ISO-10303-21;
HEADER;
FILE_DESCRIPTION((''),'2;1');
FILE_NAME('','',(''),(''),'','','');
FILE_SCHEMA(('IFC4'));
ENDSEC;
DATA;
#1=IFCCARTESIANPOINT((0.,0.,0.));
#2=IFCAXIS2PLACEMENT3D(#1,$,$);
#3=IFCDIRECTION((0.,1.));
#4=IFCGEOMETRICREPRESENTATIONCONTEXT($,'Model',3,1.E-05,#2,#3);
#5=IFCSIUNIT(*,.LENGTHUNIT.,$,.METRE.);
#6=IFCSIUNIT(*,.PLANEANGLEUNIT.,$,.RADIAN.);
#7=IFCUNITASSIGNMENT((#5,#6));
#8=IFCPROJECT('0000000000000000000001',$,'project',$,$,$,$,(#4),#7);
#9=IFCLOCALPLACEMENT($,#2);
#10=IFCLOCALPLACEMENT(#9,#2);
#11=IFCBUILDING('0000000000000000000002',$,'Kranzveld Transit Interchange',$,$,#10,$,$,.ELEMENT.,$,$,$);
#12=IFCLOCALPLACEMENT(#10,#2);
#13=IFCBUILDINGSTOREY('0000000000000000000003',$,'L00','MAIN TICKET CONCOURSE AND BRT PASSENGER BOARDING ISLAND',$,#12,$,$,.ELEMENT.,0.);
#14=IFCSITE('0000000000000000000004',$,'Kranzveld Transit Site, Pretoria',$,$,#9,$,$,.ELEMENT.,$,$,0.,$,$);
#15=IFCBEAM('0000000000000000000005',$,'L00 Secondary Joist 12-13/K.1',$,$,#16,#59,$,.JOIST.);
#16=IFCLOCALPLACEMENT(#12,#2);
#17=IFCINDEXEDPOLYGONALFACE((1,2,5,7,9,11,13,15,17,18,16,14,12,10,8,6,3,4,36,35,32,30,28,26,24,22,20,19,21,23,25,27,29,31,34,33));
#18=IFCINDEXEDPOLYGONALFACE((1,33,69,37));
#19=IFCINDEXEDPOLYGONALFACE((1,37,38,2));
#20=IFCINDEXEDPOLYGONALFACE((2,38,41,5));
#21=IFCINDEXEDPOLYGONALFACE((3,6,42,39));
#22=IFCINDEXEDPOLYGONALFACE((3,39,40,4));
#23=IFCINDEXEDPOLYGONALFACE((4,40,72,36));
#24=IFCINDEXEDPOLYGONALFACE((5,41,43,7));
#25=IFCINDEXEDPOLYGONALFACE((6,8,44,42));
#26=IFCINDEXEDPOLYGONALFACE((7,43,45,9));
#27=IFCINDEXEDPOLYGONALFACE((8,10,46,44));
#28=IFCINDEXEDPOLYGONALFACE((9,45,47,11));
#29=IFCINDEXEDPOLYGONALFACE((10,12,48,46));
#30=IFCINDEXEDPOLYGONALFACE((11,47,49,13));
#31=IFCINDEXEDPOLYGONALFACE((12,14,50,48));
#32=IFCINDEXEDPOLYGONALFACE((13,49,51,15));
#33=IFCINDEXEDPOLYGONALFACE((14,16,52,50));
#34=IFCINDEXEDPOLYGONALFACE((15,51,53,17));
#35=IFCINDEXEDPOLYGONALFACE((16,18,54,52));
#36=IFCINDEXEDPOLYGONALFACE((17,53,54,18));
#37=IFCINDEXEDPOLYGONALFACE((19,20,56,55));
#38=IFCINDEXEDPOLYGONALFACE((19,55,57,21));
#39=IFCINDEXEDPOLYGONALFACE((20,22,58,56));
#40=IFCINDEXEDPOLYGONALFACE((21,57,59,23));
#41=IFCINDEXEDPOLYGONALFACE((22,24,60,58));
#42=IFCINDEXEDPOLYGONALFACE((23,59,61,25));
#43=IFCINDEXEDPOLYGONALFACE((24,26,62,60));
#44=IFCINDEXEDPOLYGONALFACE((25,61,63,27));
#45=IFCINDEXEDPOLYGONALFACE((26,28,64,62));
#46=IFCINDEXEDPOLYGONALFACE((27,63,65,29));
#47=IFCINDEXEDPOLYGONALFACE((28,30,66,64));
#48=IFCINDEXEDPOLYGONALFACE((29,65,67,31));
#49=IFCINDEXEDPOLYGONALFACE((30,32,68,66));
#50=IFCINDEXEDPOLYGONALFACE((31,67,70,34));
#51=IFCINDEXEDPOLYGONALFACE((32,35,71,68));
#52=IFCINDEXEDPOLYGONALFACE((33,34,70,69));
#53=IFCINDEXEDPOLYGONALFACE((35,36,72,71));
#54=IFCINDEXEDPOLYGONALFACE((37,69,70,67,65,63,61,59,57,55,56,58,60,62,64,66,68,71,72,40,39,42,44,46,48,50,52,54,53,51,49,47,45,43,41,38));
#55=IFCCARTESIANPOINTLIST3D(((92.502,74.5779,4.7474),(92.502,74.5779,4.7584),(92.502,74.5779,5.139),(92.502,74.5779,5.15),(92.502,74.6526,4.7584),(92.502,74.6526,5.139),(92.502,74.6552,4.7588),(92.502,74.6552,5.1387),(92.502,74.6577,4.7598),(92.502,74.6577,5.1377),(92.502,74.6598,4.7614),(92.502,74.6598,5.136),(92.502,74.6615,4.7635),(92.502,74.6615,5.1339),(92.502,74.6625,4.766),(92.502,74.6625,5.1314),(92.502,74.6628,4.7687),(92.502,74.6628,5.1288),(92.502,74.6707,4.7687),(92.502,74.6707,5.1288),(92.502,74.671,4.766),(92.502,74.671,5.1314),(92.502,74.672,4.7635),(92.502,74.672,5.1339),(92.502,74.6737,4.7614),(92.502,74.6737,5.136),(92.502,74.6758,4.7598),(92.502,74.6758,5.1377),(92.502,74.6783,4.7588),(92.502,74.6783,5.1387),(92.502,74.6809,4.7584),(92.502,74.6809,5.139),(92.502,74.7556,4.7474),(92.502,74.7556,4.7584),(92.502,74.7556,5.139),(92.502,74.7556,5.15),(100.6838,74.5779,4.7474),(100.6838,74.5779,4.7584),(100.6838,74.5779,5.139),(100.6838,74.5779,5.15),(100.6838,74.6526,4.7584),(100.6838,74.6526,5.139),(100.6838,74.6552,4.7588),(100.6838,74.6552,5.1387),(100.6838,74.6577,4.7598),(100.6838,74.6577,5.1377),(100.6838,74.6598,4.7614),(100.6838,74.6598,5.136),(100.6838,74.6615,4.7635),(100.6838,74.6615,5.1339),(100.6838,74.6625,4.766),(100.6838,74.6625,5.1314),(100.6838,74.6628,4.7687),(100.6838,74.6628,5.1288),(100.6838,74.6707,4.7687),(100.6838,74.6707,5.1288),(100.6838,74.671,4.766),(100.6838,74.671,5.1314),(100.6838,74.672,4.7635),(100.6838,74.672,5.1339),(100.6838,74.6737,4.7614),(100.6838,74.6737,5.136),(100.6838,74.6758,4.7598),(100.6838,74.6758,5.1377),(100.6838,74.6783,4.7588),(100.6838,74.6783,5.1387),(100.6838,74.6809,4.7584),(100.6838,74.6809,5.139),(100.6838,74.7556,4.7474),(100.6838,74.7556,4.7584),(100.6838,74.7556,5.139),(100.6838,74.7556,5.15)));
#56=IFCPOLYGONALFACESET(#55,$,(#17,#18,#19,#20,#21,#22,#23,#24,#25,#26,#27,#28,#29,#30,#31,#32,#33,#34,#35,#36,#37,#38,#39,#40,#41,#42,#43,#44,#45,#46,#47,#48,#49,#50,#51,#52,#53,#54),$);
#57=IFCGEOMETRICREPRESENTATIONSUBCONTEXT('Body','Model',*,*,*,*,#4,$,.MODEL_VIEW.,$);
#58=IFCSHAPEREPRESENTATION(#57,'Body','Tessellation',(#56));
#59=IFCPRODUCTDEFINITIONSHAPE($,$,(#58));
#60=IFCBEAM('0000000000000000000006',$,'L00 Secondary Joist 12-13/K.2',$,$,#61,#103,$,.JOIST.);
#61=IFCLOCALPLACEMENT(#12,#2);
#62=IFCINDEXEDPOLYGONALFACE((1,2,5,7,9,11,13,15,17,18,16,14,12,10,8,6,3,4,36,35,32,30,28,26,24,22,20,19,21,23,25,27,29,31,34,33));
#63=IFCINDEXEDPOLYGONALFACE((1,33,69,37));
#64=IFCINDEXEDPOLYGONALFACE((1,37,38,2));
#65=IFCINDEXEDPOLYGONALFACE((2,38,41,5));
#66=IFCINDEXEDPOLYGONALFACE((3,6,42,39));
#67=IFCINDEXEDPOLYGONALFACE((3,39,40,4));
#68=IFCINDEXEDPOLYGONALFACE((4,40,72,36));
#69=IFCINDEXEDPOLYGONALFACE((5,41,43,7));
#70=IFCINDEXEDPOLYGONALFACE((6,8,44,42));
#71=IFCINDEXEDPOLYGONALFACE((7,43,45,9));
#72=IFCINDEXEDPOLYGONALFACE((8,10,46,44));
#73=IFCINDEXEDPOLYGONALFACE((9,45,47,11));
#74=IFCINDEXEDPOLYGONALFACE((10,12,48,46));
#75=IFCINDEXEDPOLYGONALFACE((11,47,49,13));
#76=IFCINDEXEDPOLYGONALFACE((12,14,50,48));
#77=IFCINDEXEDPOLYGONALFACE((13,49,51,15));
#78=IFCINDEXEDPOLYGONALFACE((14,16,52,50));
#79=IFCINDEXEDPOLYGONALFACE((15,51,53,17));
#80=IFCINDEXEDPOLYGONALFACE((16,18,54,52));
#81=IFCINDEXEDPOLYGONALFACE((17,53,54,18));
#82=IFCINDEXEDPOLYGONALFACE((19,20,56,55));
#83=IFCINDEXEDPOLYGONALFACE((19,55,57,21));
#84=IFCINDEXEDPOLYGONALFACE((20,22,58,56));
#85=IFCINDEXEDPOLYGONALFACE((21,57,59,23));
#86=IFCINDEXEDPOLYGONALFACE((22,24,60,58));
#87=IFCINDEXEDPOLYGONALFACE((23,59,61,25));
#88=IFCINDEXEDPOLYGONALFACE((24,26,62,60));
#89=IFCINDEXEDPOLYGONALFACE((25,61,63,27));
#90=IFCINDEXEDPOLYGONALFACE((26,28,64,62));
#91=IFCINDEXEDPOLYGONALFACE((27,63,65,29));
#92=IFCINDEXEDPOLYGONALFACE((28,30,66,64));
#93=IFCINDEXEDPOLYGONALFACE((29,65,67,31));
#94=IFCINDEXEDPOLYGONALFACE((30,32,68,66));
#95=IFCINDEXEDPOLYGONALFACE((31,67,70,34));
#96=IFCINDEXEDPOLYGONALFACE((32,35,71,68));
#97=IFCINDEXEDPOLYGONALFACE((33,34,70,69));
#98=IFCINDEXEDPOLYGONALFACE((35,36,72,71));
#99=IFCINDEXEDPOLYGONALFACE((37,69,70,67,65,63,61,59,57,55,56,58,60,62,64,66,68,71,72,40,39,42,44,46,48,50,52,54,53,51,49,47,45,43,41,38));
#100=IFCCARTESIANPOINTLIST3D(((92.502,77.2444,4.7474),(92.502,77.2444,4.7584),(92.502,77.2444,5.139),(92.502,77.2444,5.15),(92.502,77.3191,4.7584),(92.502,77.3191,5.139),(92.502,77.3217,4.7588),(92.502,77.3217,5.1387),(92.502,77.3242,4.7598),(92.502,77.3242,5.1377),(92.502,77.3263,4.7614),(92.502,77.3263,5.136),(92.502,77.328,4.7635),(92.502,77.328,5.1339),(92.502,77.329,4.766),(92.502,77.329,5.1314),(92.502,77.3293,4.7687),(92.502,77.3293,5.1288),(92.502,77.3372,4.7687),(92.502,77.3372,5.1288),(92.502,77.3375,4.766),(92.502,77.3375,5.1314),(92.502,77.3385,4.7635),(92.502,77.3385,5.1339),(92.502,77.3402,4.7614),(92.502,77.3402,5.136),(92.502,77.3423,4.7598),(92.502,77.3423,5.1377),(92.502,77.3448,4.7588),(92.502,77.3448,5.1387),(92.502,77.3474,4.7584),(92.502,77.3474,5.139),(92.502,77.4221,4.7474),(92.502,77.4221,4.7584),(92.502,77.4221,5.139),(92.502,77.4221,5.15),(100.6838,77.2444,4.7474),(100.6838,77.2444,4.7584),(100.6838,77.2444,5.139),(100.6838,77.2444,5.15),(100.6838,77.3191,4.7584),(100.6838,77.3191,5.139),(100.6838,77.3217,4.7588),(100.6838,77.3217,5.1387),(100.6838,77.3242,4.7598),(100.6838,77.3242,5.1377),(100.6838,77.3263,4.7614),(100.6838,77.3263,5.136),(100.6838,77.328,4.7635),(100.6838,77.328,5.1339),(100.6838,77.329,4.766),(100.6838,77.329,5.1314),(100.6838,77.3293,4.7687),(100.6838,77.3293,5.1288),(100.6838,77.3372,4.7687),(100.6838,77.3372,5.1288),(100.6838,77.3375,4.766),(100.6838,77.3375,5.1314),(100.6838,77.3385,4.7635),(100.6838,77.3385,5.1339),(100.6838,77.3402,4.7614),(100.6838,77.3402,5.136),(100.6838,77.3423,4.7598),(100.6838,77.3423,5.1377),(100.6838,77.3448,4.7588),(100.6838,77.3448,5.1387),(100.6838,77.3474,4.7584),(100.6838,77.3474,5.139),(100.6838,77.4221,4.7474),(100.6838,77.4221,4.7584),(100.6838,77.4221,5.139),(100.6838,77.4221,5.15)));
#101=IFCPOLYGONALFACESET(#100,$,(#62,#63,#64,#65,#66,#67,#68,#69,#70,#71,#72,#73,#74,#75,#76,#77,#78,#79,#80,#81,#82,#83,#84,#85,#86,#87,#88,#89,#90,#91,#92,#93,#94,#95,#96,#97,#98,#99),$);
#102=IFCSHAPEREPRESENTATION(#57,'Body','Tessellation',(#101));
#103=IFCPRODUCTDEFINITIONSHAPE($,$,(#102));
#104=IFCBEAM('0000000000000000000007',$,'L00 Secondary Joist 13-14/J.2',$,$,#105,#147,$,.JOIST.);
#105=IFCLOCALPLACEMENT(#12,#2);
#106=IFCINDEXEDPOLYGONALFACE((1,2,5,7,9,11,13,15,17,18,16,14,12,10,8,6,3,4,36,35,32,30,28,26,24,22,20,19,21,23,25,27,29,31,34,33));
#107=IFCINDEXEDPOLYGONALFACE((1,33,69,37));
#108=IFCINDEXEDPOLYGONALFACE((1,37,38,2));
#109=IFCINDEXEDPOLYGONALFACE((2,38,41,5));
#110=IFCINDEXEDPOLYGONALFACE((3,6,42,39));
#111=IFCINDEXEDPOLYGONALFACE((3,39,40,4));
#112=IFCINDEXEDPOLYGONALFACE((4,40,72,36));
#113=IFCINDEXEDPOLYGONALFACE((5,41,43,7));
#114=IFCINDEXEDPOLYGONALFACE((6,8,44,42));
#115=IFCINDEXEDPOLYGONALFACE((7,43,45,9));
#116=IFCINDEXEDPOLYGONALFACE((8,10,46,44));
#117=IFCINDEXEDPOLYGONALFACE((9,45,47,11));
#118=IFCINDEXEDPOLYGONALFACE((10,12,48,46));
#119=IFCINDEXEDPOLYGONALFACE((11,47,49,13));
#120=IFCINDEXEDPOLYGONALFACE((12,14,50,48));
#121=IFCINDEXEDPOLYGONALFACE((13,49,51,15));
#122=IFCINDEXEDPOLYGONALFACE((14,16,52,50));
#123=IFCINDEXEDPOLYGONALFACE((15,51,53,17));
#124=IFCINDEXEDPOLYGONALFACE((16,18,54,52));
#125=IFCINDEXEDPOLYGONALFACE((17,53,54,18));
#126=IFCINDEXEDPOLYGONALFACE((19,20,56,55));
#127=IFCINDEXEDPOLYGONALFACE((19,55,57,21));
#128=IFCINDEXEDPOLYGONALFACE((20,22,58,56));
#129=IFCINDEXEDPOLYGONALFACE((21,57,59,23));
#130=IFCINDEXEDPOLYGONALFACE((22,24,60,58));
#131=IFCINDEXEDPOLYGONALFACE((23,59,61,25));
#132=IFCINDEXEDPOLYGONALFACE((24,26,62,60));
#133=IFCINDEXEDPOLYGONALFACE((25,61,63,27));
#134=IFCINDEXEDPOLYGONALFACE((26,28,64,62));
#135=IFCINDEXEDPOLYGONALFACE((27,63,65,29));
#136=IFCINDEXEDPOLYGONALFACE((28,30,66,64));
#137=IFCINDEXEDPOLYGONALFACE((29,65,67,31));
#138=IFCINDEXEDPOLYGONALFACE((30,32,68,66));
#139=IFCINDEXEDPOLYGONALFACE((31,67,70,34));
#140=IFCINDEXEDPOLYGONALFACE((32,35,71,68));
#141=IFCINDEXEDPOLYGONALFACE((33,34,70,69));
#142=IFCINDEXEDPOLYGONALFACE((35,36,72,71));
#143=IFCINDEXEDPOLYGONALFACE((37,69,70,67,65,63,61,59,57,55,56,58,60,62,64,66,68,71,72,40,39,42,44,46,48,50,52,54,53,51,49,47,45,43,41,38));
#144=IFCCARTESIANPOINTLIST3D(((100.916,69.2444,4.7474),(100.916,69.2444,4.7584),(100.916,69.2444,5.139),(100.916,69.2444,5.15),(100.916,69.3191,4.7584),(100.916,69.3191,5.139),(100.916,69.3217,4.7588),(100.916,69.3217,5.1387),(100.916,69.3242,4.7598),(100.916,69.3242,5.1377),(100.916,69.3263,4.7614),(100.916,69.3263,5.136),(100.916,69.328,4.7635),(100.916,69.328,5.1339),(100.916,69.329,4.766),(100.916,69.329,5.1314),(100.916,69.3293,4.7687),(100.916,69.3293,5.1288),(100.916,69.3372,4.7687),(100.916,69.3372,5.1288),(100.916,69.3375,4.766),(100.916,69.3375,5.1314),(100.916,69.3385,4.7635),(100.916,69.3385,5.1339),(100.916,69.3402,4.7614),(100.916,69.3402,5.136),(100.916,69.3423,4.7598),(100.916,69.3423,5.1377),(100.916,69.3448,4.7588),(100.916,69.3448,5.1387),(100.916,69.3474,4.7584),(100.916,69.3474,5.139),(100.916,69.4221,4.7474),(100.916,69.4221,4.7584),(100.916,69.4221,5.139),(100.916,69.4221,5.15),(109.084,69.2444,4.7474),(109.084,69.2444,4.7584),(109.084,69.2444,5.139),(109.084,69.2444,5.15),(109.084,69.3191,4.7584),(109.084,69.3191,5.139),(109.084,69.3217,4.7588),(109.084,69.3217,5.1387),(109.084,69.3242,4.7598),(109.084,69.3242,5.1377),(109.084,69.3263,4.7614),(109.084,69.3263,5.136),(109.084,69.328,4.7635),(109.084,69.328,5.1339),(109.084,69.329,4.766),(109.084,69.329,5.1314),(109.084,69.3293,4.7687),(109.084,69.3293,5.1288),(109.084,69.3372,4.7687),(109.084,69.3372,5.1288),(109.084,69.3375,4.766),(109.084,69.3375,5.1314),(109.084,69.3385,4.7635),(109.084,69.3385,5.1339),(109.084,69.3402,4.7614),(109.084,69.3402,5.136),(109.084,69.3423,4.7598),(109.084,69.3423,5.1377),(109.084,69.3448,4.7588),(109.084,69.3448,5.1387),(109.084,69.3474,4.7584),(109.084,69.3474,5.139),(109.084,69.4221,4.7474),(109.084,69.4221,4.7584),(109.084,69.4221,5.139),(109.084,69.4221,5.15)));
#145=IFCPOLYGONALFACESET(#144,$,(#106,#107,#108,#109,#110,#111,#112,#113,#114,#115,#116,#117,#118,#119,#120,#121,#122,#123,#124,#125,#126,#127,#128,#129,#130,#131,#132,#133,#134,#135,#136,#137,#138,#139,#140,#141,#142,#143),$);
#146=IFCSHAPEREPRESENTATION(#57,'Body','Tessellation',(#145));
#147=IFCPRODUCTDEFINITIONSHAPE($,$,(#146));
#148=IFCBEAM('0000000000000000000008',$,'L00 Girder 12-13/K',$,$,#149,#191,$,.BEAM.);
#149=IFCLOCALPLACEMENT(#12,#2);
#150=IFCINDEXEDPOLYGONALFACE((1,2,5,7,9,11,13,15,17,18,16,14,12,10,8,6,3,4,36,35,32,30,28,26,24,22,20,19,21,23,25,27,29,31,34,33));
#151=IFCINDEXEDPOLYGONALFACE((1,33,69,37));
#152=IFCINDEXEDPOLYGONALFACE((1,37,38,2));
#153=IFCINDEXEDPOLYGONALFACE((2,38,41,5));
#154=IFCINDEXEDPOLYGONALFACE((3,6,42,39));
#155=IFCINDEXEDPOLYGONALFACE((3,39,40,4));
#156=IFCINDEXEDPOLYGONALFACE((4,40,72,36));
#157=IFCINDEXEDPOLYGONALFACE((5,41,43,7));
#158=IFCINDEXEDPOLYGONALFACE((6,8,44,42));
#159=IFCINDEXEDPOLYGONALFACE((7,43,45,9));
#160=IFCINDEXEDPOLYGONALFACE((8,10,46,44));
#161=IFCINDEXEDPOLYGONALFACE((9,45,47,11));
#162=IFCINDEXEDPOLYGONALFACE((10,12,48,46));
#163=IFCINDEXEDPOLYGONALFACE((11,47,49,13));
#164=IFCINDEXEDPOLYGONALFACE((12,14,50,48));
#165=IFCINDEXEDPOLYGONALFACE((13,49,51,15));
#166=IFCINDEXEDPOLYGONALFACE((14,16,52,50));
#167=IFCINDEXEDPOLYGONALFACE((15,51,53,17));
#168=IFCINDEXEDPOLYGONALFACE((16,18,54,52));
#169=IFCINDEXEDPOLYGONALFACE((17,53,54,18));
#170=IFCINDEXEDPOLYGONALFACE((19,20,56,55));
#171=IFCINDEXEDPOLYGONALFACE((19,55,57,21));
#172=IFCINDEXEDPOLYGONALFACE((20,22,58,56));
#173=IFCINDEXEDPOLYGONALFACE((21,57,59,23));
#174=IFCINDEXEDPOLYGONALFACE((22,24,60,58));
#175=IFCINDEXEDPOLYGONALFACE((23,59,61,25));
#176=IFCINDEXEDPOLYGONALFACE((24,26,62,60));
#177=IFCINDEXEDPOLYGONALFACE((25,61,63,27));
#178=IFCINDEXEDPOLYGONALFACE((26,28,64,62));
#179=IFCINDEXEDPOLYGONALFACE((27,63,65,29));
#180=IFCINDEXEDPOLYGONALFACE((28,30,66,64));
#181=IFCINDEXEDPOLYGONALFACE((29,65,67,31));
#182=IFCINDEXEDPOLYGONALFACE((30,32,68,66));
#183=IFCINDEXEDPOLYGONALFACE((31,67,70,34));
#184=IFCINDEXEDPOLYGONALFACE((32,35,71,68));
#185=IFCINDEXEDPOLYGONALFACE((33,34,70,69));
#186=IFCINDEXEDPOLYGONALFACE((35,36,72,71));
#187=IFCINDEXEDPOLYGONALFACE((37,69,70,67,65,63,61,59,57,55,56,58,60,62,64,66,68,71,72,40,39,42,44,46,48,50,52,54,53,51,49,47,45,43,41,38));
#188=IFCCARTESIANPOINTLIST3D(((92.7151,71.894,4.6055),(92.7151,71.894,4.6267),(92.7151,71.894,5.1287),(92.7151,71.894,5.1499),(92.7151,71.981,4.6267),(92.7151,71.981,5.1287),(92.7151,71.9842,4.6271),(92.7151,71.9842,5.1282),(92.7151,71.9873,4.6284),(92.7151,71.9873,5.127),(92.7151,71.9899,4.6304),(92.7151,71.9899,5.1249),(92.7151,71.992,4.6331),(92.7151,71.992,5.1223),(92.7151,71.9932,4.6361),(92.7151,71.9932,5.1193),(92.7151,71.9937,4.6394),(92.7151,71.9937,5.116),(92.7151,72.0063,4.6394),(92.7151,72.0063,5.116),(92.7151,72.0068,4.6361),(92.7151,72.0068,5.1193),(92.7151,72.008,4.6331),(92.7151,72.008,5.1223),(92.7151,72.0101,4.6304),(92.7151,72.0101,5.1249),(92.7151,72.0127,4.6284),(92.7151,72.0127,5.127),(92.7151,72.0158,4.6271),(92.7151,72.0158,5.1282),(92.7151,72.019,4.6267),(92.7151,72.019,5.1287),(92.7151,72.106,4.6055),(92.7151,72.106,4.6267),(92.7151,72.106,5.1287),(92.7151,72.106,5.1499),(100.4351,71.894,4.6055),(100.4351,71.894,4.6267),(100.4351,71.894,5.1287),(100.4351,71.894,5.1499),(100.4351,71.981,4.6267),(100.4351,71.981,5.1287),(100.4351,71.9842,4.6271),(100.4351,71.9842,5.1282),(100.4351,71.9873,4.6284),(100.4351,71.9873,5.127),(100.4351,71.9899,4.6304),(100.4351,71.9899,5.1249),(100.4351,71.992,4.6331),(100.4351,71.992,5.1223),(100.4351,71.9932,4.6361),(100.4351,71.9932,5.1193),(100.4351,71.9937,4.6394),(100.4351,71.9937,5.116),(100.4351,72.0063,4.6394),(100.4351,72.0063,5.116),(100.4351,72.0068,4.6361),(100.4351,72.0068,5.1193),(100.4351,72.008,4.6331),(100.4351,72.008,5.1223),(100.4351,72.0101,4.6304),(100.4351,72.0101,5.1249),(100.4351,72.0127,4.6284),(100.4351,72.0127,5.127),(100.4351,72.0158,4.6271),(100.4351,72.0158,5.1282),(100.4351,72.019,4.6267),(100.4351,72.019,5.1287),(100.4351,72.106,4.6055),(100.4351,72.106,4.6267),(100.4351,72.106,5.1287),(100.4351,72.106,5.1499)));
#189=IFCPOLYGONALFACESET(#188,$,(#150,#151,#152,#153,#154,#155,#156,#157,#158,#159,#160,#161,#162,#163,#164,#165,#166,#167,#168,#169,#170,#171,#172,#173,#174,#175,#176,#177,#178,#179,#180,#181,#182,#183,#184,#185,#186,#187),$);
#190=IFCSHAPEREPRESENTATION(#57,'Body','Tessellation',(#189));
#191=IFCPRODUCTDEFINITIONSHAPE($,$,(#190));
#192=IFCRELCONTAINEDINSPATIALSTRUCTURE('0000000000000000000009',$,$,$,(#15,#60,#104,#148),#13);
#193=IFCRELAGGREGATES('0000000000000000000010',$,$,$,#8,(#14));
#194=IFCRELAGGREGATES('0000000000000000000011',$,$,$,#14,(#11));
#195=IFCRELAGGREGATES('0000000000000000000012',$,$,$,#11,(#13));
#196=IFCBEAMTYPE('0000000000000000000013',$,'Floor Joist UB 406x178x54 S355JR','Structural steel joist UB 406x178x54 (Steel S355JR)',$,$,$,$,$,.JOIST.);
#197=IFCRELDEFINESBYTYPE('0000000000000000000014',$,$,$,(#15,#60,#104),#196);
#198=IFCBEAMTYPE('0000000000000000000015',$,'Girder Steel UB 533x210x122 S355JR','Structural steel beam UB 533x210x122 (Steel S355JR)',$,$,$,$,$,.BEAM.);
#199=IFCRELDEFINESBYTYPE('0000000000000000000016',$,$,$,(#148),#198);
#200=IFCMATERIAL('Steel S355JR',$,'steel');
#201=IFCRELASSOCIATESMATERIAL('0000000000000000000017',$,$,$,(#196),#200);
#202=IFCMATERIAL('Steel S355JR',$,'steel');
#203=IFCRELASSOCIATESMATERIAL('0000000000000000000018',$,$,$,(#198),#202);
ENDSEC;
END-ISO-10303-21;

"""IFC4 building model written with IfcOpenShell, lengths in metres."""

from ifc_helpers import new_model, si_unit, direction, frame, origin, origin_2d, place, context, subcontext, project, spatial, i_section, extrude, material, material_profile, profile_set, type_object, element, save


model = new_model("IFC4")

# Units and contexts
model_context = context("Model", 3, precision=1e-05, world=origin(), true_north=direction((0.0, 1.0)))
body_context = subcontext(model_context, "Body", "Model", "MODEL_VIEW")
ifc_project = project(units=[si_unit("LENGTHUNIT", "METRE"), si_unit("PLANEANGLEUNIT", "RADIAN")], contexts=[model_context])

# Site, building, storey
site_placement = place(None, origin())
site = spatial("IfcSite", under=ifc_project, at=site_placement, Name="Kranzveld Transit Site, Pretoria", CompositionType="ELEMENT", RefElevation=0.0)
building_placement = place(site_placement, origin())
building = spatial("IfcBuilding", under=site, at=building_placement, Name="Kranzveld Transit Interchange", CompositionType="ELEMENT")
storey_placement = place(building_placement, origin())
storey = spatial("IfcBuildingStorey", under=building, at=storey_placement, Name="L00", Description="MAIN TICKET CONCOURSE AND BRT PASSENGER BOARDING ISLAND", CompositionType="ELEMENT", Elevation=0.0)

# Beams
ifc_material_1 = material(Name="Steel S355JR", Category="steel")
ifc_material_profile_1 = material_profile(ifc_material_1, i_section(OverallWidth=0.1777, OverallDepth=0.4026, WebThickness=0.0078, FlangeThickness=0.011, FilletRadius=0.0103, at=origin_2d()), Name="UB 406x178x54")
ifc_profile_set_1 = profile_set([ifc_material_profile_1], Name="Steel S355JR")
beam_type_1 = type_object("IfcBeamType", Name="Floor Joist UB 406x178x54 S355JR", Description="Structural steel joist UB 406x178x54 (Steel S355JR)", PredefinedType="JOIST", material=ifc_profile_set_1)
for number, where, z_axis, x_axis, name in (
    (1, (92.502, 74.6667, 4.9487), (1.0, 0.0, 0.0), (0.0, 1.0, 0.0), "L00 Secondary Joist 12-13/K.1"),
    (2, (92.502, 77.3333, 4.9487), (1.0, 0.0, 0.0), (0.0, 1.0, 0.0), "L00 Secondary Joist 12-13/K.2"),
):
    element("IfcBeam", number, at=place(storey_placement, frame(where, z_axis=z_axis, x_axis=x_axis)), inside=storey, type_object=beam_type_1, Name=name, PredefinedType="JOIST", context=body_context, shape_type="SweptSolid", body=[
        extrude(i_section(OverallWidth=0.1777, OverallDepth=0.4026, WebThickness=0.0078, FlangeThickness=0.011, FilletRadius=0.0103, at=origin_2d()), origin(), (0.0, 0.0, 1.0), 8.1819),
    ])
beam_1_placement = place(storey_placement, frame((100.916, 69.3333, 4.9487), z_axis=(1.0, 0.0, 0.0), x_axis=(0.0, 1.0, 0.0)))
element("IfcBeam", 3, at=beam_1_placement, inside=storey, type_object=beam_type_1, Name="L00 Secondary Joist 13-14/J.2", PredefinedType="JOIST", context=body_context, shape_type="SweptSolid", body=[
    extrude(i_section(OverallWidth=0.1777, OverallDepth=0.4026, WebThickness=0.0078, FlangeThickness=0.011, FilletRadius=0.0103, at=origin_2d()), origin(), (0.0, 0.0, 1.0), 8.168),
])
ifc_material_2 = material(Name="Steel S355JR", Category="steel")
ifc_material_profile_2 = material_profile(ifc_material_2, i_section(OverallWidth=0.2119, OverallDepth=0.5444, WebThickness=0.0127, FlangeThickness=0.0212, FilletRadius=0.0127, at=origin_2d()), Name="UB 533x210x122")
ifc_profile_set_2 = profile_set([ifc_material_profile_2], Name="Steel S355JR")
beam_type_2 = type_object("IfcBeamType", Name="Girder Steel UB 533x210x122 S355JR", Description="Structural steel beam UB 533x210x122 (Steel S355JR)", PredefinedType="BEAM", material=ifc_profile_set_2)
beam_2_placement = place(storey_placement, frame((92.7151, 72.0, 4.8777), z_axis=(1.0, 0.0, 0.0), x_axis=(0.0, 1.0, 0.0)))
element("IfcBeam", 4, at=beam_2_placement, inside=storey, type_object=beam_type_2, Name="L00 Girder 12-13/K", PredefinedType="BEAM", context=body_context, shape_type="SweptSolid", body=[
    extrude(i_section(OverallWidth=0.2119, OverallDepth=0.5444, WebThickness=0.0127, FlangeThickness=0.0212, FilletRadius=0.0127, at=origin_2d()), origin(), (0.0, 0.0, 1.0), 7.72),
])

save(model, "model.ifc")
